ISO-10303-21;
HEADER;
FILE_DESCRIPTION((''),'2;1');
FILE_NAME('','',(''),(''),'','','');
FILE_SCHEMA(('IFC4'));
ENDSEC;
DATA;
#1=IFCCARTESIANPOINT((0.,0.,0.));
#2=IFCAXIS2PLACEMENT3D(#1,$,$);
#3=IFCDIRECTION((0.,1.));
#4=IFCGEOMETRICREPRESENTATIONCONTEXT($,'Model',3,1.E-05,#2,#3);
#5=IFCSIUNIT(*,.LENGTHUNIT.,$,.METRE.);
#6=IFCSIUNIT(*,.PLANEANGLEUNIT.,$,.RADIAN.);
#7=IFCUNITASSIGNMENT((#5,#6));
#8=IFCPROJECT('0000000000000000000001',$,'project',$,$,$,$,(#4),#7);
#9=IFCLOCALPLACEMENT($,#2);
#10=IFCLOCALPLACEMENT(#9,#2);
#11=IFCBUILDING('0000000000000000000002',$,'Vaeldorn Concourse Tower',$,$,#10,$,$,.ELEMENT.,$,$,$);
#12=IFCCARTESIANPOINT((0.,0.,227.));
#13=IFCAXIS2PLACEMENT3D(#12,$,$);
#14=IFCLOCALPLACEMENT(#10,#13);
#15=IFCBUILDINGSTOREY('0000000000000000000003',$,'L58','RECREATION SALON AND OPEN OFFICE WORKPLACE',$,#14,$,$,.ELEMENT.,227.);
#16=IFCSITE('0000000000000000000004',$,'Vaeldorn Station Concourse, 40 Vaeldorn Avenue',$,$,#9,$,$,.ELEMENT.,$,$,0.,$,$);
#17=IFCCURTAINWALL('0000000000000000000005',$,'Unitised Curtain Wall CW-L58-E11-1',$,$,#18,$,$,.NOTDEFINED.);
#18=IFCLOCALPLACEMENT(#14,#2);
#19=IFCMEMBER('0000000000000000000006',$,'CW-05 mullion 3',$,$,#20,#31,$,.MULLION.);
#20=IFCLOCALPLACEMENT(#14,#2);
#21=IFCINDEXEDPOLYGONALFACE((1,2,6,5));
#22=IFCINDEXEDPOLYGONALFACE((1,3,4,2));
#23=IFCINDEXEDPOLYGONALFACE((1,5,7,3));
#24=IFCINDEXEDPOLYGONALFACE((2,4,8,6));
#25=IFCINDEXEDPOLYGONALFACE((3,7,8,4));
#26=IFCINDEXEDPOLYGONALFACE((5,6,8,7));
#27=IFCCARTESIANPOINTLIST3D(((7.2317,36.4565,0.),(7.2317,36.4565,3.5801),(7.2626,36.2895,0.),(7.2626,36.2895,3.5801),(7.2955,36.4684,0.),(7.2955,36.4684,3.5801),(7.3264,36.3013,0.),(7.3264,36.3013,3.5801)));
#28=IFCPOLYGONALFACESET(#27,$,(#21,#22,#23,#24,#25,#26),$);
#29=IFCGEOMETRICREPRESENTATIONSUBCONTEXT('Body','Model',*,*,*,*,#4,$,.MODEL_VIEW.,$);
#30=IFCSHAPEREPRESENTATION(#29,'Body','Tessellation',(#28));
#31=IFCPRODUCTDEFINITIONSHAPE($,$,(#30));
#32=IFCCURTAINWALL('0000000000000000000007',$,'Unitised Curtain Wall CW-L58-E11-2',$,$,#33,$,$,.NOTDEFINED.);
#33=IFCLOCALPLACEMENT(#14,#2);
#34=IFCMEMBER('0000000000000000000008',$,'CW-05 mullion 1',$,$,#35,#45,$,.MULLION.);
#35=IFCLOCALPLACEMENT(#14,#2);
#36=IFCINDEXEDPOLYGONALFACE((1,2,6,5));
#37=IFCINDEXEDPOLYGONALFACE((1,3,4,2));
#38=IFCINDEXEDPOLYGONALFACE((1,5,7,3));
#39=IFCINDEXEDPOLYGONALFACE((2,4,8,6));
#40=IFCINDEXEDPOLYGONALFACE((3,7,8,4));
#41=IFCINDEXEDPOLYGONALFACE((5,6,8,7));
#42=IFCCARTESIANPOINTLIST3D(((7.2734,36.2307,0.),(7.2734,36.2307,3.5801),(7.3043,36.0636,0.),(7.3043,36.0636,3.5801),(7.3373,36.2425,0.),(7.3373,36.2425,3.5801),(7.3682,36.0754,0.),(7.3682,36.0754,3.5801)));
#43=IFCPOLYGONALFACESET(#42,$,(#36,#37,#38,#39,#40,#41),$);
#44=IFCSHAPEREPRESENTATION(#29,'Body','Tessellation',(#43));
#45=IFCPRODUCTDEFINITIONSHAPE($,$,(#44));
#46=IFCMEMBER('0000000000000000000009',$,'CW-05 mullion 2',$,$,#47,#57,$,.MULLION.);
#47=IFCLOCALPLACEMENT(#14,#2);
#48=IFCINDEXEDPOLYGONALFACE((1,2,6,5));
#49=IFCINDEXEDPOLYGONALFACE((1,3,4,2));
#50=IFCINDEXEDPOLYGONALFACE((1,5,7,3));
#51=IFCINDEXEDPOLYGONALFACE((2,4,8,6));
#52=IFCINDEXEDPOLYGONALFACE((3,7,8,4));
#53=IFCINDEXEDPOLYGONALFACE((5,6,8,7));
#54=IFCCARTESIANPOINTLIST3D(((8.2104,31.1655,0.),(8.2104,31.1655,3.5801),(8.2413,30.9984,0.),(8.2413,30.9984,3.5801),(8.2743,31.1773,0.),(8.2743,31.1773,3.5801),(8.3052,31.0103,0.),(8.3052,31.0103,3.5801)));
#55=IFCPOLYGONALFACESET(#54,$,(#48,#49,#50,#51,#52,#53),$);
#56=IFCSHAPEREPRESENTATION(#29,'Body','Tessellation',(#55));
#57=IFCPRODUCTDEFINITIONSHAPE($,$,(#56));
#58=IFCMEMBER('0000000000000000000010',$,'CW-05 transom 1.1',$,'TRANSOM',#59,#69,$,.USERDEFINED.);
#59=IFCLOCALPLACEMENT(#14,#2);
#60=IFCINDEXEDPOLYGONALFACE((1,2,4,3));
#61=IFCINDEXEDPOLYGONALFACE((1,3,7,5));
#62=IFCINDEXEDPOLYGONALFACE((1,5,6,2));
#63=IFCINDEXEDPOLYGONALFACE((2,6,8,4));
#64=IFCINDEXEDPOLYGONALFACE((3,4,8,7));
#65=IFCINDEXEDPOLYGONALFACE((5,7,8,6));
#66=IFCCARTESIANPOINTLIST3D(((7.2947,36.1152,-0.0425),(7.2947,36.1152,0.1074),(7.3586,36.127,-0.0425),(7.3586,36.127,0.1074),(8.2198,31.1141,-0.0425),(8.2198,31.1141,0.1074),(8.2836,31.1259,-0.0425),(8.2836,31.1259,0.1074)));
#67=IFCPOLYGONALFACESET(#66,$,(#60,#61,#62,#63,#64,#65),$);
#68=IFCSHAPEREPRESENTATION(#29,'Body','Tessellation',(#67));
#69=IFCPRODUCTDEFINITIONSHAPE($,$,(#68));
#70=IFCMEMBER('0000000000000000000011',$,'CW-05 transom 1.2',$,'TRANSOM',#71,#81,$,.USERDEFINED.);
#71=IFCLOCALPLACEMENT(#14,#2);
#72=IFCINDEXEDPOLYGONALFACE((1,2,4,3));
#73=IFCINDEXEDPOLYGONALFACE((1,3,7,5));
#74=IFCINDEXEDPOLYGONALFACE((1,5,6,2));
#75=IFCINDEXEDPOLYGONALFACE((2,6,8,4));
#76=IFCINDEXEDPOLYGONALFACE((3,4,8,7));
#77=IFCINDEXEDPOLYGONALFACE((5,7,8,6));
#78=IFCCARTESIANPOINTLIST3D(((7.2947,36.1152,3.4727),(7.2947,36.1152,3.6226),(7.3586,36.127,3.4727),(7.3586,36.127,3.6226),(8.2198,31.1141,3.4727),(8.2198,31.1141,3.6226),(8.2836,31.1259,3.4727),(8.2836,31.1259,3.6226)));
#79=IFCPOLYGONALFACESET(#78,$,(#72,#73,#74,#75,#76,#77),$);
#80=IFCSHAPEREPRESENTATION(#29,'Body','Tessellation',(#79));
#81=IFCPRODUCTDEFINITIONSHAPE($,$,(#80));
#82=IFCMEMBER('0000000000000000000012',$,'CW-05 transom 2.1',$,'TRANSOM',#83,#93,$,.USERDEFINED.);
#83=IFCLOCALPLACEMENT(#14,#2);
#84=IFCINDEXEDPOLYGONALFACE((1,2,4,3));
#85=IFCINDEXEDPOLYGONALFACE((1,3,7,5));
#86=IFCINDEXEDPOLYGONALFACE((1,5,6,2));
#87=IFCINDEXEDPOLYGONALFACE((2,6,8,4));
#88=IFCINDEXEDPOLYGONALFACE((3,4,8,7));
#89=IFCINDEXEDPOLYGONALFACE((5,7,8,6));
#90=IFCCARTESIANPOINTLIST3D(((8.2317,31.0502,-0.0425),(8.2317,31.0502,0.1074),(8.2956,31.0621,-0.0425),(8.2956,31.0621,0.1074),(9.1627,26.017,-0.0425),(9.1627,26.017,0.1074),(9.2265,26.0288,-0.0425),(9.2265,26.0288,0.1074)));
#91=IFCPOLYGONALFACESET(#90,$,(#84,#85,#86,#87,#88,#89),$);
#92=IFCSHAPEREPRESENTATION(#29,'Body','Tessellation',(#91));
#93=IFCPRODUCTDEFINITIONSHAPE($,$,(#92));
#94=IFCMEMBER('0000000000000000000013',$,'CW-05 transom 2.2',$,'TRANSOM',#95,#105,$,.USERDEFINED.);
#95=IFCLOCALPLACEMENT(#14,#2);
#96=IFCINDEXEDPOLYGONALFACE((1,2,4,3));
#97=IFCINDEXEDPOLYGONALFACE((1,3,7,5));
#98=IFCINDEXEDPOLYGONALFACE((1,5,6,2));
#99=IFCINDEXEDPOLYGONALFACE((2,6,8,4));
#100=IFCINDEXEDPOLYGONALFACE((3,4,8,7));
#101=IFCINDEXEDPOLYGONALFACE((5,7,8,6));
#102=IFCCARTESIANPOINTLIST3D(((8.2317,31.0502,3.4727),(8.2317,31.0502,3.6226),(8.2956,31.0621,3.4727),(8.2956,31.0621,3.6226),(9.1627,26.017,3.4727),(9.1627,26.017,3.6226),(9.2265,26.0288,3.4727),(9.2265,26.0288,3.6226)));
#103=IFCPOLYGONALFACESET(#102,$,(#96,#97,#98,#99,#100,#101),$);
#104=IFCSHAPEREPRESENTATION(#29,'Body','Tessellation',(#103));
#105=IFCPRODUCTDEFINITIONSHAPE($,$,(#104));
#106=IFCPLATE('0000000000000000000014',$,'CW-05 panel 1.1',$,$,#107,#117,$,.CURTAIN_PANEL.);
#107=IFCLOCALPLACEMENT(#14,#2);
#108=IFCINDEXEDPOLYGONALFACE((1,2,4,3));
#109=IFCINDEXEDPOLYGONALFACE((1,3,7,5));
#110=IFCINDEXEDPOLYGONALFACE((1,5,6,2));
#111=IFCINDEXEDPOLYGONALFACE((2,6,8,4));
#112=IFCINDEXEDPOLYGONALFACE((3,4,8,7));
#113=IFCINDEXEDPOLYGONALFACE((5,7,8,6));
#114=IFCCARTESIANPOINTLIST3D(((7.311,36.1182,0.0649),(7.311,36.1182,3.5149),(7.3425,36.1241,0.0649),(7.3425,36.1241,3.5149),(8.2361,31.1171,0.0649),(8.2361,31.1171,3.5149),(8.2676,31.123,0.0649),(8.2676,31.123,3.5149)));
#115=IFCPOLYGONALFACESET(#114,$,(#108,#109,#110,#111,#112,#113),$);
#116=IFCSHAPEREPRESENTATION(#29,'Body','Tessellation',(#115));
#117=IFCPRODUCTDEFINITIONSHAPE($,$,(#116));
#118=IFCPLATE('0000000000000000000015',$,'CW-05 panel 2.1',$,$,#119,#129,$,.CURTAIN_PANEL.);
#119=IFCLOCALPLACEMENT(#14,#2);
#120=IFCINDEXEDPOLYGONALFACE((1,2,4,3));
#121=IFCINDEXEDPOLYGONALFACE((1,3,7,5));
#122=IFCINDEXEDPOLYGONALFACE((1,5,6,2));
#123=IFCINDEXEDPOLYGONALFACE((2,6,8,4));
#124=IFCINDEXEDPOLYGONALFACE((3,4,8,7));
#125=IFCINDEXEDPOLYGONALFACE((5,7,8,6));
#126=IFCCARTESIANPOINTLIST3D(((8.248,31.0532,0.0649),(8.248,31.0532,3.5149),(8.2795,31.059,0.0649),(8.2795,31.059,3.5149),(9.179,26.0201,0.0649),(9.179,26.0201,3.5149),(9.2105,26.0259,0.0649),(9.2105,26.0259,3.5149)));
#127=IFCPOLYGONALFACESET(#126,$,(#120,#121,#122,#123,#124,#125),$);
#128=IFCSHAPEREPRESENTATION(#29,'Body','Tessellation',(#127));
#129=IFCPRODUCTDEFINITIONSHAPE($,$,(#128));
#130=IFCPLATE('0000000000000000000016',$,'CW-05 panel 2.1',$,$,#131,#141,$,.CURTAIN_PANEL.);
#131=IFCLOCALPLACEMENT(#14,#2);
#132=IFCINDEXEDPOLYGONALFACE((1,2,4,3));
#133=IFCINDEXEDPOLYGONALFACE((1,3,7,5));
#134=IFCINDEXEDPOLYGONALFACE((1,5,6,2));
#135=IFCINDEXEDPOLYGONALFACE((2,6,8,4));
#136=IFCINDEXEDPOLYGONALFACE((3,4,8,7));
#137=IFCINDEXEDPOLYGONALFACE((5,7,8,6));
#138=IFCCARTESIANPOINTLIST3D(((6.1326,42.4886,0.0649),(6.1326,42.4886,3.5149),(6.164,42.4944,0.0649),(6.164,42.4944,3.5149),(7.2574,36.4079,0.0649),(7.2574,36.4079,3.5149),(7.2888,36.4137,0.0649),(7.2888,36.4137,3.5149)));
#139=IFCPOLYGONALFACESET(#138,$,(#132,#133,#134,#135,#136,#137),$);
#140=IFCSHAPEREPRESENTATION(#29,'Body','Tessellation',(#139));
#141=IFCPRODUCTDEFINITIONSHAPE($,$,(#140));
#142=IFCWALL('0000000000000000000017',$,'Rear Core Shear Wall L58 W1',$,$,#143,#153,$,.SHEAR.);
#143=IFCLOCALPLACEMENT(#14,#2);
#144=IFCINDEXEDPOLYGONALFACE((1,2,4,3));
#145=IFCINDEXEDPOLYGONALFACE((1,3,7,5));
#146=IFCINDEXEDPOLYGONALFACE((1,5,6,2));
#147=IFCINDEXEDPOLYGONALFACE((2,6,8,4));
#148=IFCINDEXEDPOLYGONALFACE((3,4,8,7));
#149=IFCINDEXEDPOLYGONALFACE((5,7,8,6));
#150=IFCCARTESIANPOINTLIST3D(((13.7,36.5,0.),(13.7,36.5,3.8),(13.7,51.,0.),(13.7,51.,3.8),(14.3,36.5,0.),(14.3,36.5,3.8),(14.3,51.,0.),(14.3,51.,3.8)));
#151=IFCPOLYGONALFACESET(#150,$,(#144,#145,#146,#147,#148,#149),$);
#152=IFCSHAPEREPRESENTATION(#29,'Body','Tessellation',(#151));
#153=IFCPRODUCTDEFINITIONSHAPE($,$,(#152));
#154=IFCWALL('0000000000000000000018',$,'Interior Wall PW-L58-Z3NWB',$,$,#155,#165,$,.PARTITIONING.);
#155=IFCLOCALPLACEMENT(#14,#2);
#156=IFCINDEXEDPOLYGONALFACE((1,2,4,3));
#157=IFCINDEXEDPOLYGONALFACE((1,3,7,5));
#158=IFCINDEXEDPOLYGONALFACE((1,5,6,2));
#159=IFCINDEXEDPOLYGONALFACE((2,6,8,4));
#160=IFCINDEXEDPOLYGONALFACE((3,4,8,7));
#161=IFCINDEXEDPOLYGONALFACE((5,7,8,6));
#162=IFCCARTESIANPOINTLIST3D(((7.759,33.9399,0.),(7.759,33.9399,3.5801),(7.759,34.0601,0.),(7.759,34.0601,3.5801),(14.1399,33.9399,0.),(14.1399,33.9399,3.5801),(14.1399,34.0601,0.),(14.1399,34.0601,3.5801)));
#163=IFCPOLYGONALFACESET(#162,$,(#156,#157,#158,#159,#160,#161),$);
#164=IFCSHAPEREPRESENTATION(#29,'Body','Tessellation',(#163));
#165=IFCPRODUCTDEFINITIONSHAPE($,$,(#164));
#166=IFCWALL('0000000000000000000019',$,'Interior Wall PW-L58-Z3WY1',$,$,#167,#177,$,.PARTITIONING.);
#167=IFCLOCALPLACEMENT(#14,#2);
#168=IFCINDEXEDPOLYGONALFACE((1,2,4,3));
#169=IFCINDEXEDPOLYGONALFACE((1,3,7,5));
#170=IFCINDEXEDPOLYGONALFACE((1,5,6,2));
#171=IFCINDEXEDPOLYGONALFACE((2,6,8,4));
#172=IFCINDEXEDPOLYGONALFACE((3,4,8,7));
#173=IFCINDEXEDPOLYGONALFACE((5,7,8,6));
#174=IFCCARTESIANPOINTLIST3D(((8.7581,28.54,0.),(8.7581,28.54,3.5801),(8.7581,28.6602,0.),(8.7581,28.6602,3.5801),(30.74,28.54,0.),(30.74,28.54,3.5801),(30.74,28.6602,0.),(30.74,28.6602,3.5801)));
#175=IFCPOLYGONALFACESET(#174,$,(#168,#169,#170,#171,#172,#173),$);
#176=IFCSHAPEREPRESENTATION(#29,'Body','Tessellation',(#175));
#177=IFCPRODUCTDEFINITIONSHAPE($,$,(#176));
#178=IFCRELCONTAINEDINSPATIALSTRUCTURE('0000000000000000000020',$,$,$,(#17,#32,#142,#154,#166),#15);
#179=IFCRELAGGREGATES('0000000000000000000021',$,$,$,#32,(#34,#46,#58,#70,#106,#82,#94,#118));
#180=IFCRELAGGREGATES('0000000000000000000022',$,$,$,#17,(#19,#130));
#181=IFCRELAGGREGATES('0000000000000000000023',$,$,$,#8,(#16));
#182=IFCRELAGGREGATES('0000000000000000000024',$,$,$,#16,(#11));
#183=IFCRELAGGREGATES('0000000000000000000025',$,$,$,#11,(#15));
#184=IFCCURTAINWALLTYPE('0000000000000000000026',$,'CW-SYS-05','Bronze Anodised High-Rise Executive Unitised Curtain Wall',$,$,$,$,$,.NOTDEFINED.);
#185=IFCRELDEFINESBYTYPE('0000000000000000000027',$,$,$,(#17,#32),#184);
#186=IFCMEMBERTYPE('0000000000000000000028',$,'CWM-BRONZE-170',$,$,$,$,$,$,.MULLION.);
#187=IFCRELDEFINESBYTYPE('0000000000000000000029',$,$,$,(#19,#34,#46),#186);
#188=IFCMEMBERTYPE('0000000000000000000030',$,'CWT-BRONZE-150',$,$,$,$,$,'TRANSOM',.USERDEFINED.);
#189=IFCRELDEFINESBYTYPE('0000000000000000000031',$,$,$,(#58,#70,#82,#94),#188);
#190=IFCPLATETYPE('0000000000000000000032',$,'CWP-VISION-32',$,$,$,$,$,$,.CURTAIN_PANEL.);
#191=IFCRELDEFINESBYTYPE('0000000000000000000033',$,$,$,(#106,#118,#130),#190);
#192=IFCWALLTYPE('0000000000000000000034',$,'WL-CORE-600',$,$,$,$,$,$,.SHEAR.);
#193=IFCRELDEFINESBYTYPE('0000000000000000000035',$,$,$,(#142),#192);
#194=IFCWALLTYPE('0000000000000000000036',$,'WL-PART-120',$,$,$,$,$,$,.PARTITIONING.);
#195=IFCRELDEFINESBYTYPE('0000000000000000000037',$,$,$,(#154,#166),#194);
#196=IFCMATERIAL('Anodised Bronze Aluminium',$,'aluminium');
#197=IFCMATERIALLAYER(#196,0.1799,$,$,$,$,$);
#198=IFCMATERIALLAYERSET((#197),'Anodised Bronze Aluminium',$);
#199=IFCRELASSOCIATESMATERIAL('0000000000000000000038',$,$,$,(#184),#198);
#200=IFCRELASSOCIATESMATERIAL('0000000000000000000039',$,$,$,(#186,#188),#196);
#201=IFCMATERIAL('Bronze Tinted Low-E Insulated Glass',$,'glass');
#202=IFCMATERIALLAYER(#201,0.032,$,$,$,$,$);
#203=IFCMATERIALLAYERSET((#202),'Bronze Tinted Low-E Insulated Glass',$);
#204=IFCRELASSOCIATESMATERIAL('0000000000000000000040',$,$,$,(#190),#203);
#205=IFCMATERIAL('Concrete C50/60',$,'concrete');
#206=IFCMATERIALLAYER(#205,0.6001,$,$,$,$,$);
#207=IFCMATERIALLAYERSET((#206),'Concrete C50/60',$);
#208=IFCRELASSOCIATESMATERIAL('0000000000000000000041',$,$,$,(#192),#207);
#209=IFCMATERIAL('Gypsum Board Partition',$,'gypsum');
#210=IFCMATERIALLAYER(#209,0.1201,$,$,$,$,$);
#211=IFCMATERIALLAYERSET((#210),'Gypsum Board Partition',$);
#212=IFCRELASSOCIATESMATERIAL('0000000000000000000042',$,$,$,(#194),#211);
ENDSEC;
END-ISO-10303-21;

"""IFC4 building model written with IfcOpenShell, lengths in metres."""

from ifc_helpers import new_model, si_unit, direction, frame, frame_2d, origin, origin_2d, place, context, subcontext, project, spatial, rectangle, extrude, source, transform, mapped, material, layer, layer_set, material_profile, profile_set, type_object, element, aggregate, save


model = new_model("IFC4")

# Units and contexts
model_context = context("Model", 3, precision=1e-05, world=origin(), true_north=direction((0.0, 1.0)))
body_context = subcontext(model_context, "Body", "Model", "MODEL_VIEW")
ifc_project = project(units=[si_unit("LENGTHUNIT", "METRE"), si_unit("PLANEANGLEUNIT", "RADIAN")], contexts=[model_context])

# Site, building, storey
site_placement = place(None, origin())
site = spatial("IfcSite", under=ifc_project, at=site_placement, Name="Vaeldorn Station Concourse, 40 Vaeldorn Avenue", CompositionType="ELEMENT", RefElevation=0.0)
building_placement = place(site_placement, origin())
building = spatial("IfcBuilding", under=site, at=building_placement, Name="Vaeldorn Concourse Tower", CompositionType="ELEMENT")
storey_placement = place(building_placement, frame((0.0, 0.0, 227.0)))
storey = spatial("IfcBuildingStorey", under=building, at=storey_placement, Name="L58", Description="RECREATION SALON AND OPEN OFFICE WORKPLACE", CompositionType="ELEMENT", Elevation=227.0)

# Shared definitions
ifc_material_1 = material(Name="Concrete C50/60", Category="concrete")

# Curtain wall, member
ifc_material_2 = material(Name="Anodised Bronze Aluminium", Category="aluminium")
ifc_layer_1 = layer(ifc_material_2, 0.1799)
ifc_layer_set_1 = layer_set([ifc_layer_1], Name="Anodised Bronze Aluminium")
curtain_wall_type = type_object("IfcCurtainWallType", Name="CW-SYS-05", Description="Bronze Anodised High-Rise Executive Unitised Curtain Wall", PredefinedType="NOTDEFINED", material=ifc_layer_set_1)
curtain_wall_1_placement = place(storey_placement, origin())
curtain_wall_1 = element("IfcCurtainWall", 1, at=curtain_wall_1_placement, inside=storey, type_object=curtain_wall_type, Name="Unitised Curtain Wall CW-L58-E11-1", PredefinedType="NOTDEFINED")
ifc_material_profile_1 = material_profile(ifc_material_2, rectangle(XDim=0.0649, YDim=0.1699, at=origin_2d()), Name="CWM 65x170")
ifc_profile_set_1 = profile_set([ifc_material_profile_1], Name="Anodised Bronze Aluminium")
member_type_1 = type_object("IfcMemberType", Name="CWM-BRONZE-170", PredefinedType="MULLION", material=ifc_profile_set_1)
shared_shape_1 = source(origin(), body_context, "Body", "SweptSolid", [
    extrude(rectangle(XDim=0.0649, YDim=0.1699, at=origin_2d()), origin(), (0.0, 0.0, 1.0), 3.5801),
])
member_1_placement = place(storey_placement, frame((7.2791, 36.3789, 0.0), z_axis=(0.0, 0.0, 1.0), x_axis=(0.983319, 0.181888, 0.0)))
member_1 = element("IfcMember", 2, at=member_1_placement, type_object=member_type_1, Name="CW-05 mullion 3", PredefinedType="MULLION", context=body_context, shape_type="MappedRepresentation", body=[
    mapped(shared_shape_1, transform((0.0, 0.0, 0.0), scale=1.0)),
])

# Curtain wall, members, plates
curtain_wall_2_placement = place(storey_placement, origin())
curtain_wall_2 = element("IfcCurtainWall", 3, at=curtain_wall_2_placement, inside=storey, type_object=curtain_wall_type, Name="Unitised Curtain Wall CW-L58-E11-2", PredefinedType="NOTDEFINED")
member_2_placement = place(storey_placement, frame((7.3208, 36.1531, 0.0), z_axis=(0.0, 0.0, 1.0), x_axis=(0.983319, 0.18189, 0.0)))
member_2 = element("IfcMember", 4, at=member_2_placement, type_object=member_type_1, Name="CW-05 mullion 1", PredefinedType="MULLION", context=body_context, shape_type="MappedRepresentation", body=[
    mapped(shared_shape_1, transform((0.0, 0.0, 0.0), scale=1.0)),
])
member_3_placement = place(storey_placement, frame((8.2578, 31.0879, 0.0), z_axis=(0.0, 0.0, 1.0), x_axis=(0.983319, 0.18189, 0.0)))
member_3 = element("IfcMember", 5, at=member_3_placement, type_object=member_type_1, Name="CW-05 mullion 2", PredefinedType="MULLION", context=body_context, shape_type="MappedRepresentation", body=[
    mapped(shared_shape_1, transform((0.0, 0.0, 0.0), scale=1.0)),
])
ifc_material_profile_2 = material_profile(ifc_material_2, rectangle(XDim=0.0649, YDim=0.1499, at=origin_2d()), Name="CWT 65x150")
ifc_profile_set_2 = profile_set([ifc_material_profile_2], Name="Anodised Bronze Aluminium")
member_type_2 = type_object("IfcMemberType", Name="CWT-BRONZE-150", ElementType="TRANSOM", PredefinedType="USERDEFINED", material=ifc_profile_set_2)
shared_shape_2 = source(origin(), body_context, "Body", "SweptSolid", [
    extrude(rectangle(XDim=0.0649, YDim=0.1499, at=origin_2d()), origin(), (0.0, 0.0, 1.0), 5.0859),
])
member_4_placement = place(storey_placement, frame((7.3267, 36.1211, 0.0325), z_axis=(0.18188, -0.983321, 0.0), x_axis=(0.983321, 0.18188, 0.0)))
member_4 = element("IfcMember", 6, at=member_4_placement, type_object=member_type_2, Name="CW-05 transom 1.1", ObjectType="TRANSOM", PredefinedType="USERDEFINED", context=body_context, shape_type="MappedRepresentation", body=[
    mapped(shared_shape_2, transform((0.0, 0.0, 0.0), scale=1.0)),
])
member_5_placement = place(storey_placement, frame((7.3267, 36.1211, 3.5476), z_axis=(0.18188, -0.983321, 0.0), x_axis=(0.983321, 0.18188, 0.0)))
member_5 = element("IfcMember", 7, at=member_5_placement, type_object=member_type_2, Name="CW-05 transom 1.2", ObjectType="TRANSOM", PredefinedType="USERDEFINED", context=body_context, shape_type="MappedRepresentation", body=[
    mapped(shared_shape_2, transform((0.0, 0.0, 0.0), scale=1.0)),
])
shared_shape_3 = source(origin(), body_context, "Body", "SweptSolid", [
    extrude(rectangle(XDim=0.0649, YDim=0.1499, at=origin_2d()), origin(), (0.0, 0.0, 1.0), 5.1187),
])
member_6_placement = place(storey_placement, frame((8.2637, 31.0562, 0.0325), z_axis=(0.181869, -0.983323, 0.0), x_axis=(0.983323, 0.181869, 0.0)))
member_6 = element("IfcMember", 8, at=member_6_placement, type_object=member_type_2, Name="CW-05 transom 2.1", ObjectType="TRANSOM", PredefinedType="USERDEFINED", context=body_context, shape_type="MappedRepresentation", body=[
    mapped(shared_shape_3, transform((0.0, 0.0, 0.0), scale=1.0)),
])
member_7_placement = place(storey_placement, frame((8.2637, 31.0562, 3.5476), z_axis=(0.181869, -0.983323, 0.0), x_axis=(0.983323, 0.181869, 0.0)))
member_7 = element("IfcMember", 9, at=member_7_placement, type_object=member_type_2, Name="CW-05 transom 2.2", ObjectType="TRANSOM", PredefinedType="USERDEFINED", context=body_context, shape_type="MappedRepresentation", body=[
    mapped(shared_shape_3, transform((0.0, 0.0, 0.0), scale=1.0)),
])
ifc_material_3 = material(Name="Bronze Tinted Low-E Insulated Glass", Category="glass")
ifc_layer_2 = layer(ifc_material_3, 0.032)
ifc_layer_set_2 = layer_set([ifc_layer_2], Name="Bronze Tinted Low-E Insulated Glass")
plate_type = type_object("IfcPlateType", Name="CWP-VISION-32", PredefinedType="CURTAIN_PANEL", material=ifc_layer_set_2)
shared_shape_4 = source(origin(), body_context, "Body", "SweptSolid", [
    extrude(rectangle(XDim=5.0859, YDim=0.032, at=origin_2d()), origin(), (0.0, 0.0, 1.0), 3.45),
])
plate_1_placement = place(storey_placement, frame((7.7893, 33.6206, 0.0649), z_axis=(0.0, 0.0, 1.0), x_axis=(0.18189, -0.983319, 0.0)))
plate_1 = element("IfcPlate", 10, at=plate_1_placement, type_object=plate_type, Name="CW-05 panel 1.1", PredefinedType="CURTAIN_PANEL", context=body_context, shape_type="MappedRepresentation", body=[
    mapped(shared_shape_4, transform((0.0, 0.0, 0.0), scale=1.0)),
])
shared_shape_5 = source(origin(), body_context, "Body", "SweptSolid", [
    extrude(rectangle(XDim=5.1184, YDim=0.032, at=origin_2d()), origin(), (0.0, 0.0, 1.0), 3.45),
])
plate_2_placement = place(storey_placement, frame((8.7292, 28.5396, 0.0649), z_axis=(0.0, 0.0, 1.0), x_axis=(0.18189, -0.983319, 0.0)))
plate_2 = element("IfcPlate", 11, at=plate_2_placement, type_object=plate_type, Name="CW-05 panel 2.1", PredefinedType="CURTAIN_PANEL", context=body_context, shape_type="MappedRepresentation", body=[
    mapped(shared_shape_5, transform((0.0, 0.0, 0.0), scale=1.0)),
])
aggregate(curtain_wall_2, [member_2, member_3, member_4, member_5, plate_1, member_6, member_7, plate_2])

# Plate
shared_shape_6 = source(origin(), body_context, "Body", "SweptSolid", [
    extrude(rectangle(XDim=6.1838, YDim=0.032, at=origin_2d()), origin(), (0.0, 0.0, 1.0), 3.45),
])
plate_3_placement = place(storey_placement, frame((6.7107, 39.4512, 0.0649), z_axis=(0.0, 0.0, 1.0), x_axis=(0.181888, -0.983319, 0.0)))
plate_3 = element("IfcPlate", 12, at=plate_3_placement, type_object=plate_type, Name="CW-05 panel 2.1", PredefinedType="CURTAIN_PANEL", context=body_context, shape_type="MappedRepresentation", body=[
    mapped(shared_shape_6, transform((0.0, 0.0, 0.0), scale=1.0)),
])
aggregate(curtain_wall_1, [member_1, plate_3])

# Walls
ifc_layer_3 = layer(ifc_material_1, 0.6001)
ifc_layer_set_3 = layer_set([ifc_layer_3], Name="Concrete C50/60")
wall_type_1 = type_object("IfcWallType", Name="WL-CORE-600", PredefinedType="SHEAR", material=ifc_layer_set_3)
wall_1_placement = place(storey_placement, frame((14.0, 36.5, 0.0), z_axis=(0.0, 0.0, 1.0), x_axis=(0.0, 1.0, 0.0)))
element("IfcWall", 13, at=wall_1_placement, inside=storey, type_object=wall_type_1, Name="Rear Core Shear Wall L58 W1", PredefinedType="SHEAR", context=body_context, shape_type="SweptSolid", body=[
    extrude(rectangle(XDim=14.5, YDim=0.6001, at=frame_2d((7.25, 0.0))), origin(), (0.0, 0.0, 1.0), 3.8),
])
ifc_material_4 = material(Name="Gypsum Board Partition", Category="gypsum")
ifc_layer_4 = layer(ifc_material_4, 0.1201)
ifc_layer_set_4 = layer_set([ifc_layer_4], Name="Gypsum Board Partition")
wall_type_2 = type_object("IfcWallType", Name="WL-PART-120", PredefinedType="PARTITIONING", material=ifc_layer_set_4)
wall_2_placement = place(storey_placement, frame((7.759, 34.0, 0.0), z_axis=(0.0, 0.0, 1.0), x_axis=(1.0, 0.0, 0.0)))
element("IfcWall", 14, at=wall_2_placement, inside=storey, type_object=wall_type_2, Name="Interior Wall PW-L58-Z3NWB", PredefinedType="PARTITIONING", context=body_context, shape_type="SweptSolid", body=[
    extrude(rectangle(XDim=6.3809, YDim=0.1201, at=frame_2d((3.1904, 0.0))), origin(), (0.0, 0.0, 1.0), 3.5801),
])
wall_3_placement = place(storey_placement, frame((8.7581, 28.6001, 0.0), z_axis=(0.0, 0.0, 1.0), x_axis=(1.0, 0.0, 0.0)))
element("IfcWall", 15, at=wall_3_placement, inside=storey, type_object=wall_type_2, Name="Interior Wall PW-L58-Z3WY1", PredefinedType="PARTITIONING", context=body_context, shape_type="SweptSolid", body=[
    extrude(rectangle(XDim=21.9819, YDim=0.1201, at=frame_2d((10.991, 0.0))), origin(), (0.0, 0.0, 1.0), 3.5801),
])

save(model, "model.ifc")
